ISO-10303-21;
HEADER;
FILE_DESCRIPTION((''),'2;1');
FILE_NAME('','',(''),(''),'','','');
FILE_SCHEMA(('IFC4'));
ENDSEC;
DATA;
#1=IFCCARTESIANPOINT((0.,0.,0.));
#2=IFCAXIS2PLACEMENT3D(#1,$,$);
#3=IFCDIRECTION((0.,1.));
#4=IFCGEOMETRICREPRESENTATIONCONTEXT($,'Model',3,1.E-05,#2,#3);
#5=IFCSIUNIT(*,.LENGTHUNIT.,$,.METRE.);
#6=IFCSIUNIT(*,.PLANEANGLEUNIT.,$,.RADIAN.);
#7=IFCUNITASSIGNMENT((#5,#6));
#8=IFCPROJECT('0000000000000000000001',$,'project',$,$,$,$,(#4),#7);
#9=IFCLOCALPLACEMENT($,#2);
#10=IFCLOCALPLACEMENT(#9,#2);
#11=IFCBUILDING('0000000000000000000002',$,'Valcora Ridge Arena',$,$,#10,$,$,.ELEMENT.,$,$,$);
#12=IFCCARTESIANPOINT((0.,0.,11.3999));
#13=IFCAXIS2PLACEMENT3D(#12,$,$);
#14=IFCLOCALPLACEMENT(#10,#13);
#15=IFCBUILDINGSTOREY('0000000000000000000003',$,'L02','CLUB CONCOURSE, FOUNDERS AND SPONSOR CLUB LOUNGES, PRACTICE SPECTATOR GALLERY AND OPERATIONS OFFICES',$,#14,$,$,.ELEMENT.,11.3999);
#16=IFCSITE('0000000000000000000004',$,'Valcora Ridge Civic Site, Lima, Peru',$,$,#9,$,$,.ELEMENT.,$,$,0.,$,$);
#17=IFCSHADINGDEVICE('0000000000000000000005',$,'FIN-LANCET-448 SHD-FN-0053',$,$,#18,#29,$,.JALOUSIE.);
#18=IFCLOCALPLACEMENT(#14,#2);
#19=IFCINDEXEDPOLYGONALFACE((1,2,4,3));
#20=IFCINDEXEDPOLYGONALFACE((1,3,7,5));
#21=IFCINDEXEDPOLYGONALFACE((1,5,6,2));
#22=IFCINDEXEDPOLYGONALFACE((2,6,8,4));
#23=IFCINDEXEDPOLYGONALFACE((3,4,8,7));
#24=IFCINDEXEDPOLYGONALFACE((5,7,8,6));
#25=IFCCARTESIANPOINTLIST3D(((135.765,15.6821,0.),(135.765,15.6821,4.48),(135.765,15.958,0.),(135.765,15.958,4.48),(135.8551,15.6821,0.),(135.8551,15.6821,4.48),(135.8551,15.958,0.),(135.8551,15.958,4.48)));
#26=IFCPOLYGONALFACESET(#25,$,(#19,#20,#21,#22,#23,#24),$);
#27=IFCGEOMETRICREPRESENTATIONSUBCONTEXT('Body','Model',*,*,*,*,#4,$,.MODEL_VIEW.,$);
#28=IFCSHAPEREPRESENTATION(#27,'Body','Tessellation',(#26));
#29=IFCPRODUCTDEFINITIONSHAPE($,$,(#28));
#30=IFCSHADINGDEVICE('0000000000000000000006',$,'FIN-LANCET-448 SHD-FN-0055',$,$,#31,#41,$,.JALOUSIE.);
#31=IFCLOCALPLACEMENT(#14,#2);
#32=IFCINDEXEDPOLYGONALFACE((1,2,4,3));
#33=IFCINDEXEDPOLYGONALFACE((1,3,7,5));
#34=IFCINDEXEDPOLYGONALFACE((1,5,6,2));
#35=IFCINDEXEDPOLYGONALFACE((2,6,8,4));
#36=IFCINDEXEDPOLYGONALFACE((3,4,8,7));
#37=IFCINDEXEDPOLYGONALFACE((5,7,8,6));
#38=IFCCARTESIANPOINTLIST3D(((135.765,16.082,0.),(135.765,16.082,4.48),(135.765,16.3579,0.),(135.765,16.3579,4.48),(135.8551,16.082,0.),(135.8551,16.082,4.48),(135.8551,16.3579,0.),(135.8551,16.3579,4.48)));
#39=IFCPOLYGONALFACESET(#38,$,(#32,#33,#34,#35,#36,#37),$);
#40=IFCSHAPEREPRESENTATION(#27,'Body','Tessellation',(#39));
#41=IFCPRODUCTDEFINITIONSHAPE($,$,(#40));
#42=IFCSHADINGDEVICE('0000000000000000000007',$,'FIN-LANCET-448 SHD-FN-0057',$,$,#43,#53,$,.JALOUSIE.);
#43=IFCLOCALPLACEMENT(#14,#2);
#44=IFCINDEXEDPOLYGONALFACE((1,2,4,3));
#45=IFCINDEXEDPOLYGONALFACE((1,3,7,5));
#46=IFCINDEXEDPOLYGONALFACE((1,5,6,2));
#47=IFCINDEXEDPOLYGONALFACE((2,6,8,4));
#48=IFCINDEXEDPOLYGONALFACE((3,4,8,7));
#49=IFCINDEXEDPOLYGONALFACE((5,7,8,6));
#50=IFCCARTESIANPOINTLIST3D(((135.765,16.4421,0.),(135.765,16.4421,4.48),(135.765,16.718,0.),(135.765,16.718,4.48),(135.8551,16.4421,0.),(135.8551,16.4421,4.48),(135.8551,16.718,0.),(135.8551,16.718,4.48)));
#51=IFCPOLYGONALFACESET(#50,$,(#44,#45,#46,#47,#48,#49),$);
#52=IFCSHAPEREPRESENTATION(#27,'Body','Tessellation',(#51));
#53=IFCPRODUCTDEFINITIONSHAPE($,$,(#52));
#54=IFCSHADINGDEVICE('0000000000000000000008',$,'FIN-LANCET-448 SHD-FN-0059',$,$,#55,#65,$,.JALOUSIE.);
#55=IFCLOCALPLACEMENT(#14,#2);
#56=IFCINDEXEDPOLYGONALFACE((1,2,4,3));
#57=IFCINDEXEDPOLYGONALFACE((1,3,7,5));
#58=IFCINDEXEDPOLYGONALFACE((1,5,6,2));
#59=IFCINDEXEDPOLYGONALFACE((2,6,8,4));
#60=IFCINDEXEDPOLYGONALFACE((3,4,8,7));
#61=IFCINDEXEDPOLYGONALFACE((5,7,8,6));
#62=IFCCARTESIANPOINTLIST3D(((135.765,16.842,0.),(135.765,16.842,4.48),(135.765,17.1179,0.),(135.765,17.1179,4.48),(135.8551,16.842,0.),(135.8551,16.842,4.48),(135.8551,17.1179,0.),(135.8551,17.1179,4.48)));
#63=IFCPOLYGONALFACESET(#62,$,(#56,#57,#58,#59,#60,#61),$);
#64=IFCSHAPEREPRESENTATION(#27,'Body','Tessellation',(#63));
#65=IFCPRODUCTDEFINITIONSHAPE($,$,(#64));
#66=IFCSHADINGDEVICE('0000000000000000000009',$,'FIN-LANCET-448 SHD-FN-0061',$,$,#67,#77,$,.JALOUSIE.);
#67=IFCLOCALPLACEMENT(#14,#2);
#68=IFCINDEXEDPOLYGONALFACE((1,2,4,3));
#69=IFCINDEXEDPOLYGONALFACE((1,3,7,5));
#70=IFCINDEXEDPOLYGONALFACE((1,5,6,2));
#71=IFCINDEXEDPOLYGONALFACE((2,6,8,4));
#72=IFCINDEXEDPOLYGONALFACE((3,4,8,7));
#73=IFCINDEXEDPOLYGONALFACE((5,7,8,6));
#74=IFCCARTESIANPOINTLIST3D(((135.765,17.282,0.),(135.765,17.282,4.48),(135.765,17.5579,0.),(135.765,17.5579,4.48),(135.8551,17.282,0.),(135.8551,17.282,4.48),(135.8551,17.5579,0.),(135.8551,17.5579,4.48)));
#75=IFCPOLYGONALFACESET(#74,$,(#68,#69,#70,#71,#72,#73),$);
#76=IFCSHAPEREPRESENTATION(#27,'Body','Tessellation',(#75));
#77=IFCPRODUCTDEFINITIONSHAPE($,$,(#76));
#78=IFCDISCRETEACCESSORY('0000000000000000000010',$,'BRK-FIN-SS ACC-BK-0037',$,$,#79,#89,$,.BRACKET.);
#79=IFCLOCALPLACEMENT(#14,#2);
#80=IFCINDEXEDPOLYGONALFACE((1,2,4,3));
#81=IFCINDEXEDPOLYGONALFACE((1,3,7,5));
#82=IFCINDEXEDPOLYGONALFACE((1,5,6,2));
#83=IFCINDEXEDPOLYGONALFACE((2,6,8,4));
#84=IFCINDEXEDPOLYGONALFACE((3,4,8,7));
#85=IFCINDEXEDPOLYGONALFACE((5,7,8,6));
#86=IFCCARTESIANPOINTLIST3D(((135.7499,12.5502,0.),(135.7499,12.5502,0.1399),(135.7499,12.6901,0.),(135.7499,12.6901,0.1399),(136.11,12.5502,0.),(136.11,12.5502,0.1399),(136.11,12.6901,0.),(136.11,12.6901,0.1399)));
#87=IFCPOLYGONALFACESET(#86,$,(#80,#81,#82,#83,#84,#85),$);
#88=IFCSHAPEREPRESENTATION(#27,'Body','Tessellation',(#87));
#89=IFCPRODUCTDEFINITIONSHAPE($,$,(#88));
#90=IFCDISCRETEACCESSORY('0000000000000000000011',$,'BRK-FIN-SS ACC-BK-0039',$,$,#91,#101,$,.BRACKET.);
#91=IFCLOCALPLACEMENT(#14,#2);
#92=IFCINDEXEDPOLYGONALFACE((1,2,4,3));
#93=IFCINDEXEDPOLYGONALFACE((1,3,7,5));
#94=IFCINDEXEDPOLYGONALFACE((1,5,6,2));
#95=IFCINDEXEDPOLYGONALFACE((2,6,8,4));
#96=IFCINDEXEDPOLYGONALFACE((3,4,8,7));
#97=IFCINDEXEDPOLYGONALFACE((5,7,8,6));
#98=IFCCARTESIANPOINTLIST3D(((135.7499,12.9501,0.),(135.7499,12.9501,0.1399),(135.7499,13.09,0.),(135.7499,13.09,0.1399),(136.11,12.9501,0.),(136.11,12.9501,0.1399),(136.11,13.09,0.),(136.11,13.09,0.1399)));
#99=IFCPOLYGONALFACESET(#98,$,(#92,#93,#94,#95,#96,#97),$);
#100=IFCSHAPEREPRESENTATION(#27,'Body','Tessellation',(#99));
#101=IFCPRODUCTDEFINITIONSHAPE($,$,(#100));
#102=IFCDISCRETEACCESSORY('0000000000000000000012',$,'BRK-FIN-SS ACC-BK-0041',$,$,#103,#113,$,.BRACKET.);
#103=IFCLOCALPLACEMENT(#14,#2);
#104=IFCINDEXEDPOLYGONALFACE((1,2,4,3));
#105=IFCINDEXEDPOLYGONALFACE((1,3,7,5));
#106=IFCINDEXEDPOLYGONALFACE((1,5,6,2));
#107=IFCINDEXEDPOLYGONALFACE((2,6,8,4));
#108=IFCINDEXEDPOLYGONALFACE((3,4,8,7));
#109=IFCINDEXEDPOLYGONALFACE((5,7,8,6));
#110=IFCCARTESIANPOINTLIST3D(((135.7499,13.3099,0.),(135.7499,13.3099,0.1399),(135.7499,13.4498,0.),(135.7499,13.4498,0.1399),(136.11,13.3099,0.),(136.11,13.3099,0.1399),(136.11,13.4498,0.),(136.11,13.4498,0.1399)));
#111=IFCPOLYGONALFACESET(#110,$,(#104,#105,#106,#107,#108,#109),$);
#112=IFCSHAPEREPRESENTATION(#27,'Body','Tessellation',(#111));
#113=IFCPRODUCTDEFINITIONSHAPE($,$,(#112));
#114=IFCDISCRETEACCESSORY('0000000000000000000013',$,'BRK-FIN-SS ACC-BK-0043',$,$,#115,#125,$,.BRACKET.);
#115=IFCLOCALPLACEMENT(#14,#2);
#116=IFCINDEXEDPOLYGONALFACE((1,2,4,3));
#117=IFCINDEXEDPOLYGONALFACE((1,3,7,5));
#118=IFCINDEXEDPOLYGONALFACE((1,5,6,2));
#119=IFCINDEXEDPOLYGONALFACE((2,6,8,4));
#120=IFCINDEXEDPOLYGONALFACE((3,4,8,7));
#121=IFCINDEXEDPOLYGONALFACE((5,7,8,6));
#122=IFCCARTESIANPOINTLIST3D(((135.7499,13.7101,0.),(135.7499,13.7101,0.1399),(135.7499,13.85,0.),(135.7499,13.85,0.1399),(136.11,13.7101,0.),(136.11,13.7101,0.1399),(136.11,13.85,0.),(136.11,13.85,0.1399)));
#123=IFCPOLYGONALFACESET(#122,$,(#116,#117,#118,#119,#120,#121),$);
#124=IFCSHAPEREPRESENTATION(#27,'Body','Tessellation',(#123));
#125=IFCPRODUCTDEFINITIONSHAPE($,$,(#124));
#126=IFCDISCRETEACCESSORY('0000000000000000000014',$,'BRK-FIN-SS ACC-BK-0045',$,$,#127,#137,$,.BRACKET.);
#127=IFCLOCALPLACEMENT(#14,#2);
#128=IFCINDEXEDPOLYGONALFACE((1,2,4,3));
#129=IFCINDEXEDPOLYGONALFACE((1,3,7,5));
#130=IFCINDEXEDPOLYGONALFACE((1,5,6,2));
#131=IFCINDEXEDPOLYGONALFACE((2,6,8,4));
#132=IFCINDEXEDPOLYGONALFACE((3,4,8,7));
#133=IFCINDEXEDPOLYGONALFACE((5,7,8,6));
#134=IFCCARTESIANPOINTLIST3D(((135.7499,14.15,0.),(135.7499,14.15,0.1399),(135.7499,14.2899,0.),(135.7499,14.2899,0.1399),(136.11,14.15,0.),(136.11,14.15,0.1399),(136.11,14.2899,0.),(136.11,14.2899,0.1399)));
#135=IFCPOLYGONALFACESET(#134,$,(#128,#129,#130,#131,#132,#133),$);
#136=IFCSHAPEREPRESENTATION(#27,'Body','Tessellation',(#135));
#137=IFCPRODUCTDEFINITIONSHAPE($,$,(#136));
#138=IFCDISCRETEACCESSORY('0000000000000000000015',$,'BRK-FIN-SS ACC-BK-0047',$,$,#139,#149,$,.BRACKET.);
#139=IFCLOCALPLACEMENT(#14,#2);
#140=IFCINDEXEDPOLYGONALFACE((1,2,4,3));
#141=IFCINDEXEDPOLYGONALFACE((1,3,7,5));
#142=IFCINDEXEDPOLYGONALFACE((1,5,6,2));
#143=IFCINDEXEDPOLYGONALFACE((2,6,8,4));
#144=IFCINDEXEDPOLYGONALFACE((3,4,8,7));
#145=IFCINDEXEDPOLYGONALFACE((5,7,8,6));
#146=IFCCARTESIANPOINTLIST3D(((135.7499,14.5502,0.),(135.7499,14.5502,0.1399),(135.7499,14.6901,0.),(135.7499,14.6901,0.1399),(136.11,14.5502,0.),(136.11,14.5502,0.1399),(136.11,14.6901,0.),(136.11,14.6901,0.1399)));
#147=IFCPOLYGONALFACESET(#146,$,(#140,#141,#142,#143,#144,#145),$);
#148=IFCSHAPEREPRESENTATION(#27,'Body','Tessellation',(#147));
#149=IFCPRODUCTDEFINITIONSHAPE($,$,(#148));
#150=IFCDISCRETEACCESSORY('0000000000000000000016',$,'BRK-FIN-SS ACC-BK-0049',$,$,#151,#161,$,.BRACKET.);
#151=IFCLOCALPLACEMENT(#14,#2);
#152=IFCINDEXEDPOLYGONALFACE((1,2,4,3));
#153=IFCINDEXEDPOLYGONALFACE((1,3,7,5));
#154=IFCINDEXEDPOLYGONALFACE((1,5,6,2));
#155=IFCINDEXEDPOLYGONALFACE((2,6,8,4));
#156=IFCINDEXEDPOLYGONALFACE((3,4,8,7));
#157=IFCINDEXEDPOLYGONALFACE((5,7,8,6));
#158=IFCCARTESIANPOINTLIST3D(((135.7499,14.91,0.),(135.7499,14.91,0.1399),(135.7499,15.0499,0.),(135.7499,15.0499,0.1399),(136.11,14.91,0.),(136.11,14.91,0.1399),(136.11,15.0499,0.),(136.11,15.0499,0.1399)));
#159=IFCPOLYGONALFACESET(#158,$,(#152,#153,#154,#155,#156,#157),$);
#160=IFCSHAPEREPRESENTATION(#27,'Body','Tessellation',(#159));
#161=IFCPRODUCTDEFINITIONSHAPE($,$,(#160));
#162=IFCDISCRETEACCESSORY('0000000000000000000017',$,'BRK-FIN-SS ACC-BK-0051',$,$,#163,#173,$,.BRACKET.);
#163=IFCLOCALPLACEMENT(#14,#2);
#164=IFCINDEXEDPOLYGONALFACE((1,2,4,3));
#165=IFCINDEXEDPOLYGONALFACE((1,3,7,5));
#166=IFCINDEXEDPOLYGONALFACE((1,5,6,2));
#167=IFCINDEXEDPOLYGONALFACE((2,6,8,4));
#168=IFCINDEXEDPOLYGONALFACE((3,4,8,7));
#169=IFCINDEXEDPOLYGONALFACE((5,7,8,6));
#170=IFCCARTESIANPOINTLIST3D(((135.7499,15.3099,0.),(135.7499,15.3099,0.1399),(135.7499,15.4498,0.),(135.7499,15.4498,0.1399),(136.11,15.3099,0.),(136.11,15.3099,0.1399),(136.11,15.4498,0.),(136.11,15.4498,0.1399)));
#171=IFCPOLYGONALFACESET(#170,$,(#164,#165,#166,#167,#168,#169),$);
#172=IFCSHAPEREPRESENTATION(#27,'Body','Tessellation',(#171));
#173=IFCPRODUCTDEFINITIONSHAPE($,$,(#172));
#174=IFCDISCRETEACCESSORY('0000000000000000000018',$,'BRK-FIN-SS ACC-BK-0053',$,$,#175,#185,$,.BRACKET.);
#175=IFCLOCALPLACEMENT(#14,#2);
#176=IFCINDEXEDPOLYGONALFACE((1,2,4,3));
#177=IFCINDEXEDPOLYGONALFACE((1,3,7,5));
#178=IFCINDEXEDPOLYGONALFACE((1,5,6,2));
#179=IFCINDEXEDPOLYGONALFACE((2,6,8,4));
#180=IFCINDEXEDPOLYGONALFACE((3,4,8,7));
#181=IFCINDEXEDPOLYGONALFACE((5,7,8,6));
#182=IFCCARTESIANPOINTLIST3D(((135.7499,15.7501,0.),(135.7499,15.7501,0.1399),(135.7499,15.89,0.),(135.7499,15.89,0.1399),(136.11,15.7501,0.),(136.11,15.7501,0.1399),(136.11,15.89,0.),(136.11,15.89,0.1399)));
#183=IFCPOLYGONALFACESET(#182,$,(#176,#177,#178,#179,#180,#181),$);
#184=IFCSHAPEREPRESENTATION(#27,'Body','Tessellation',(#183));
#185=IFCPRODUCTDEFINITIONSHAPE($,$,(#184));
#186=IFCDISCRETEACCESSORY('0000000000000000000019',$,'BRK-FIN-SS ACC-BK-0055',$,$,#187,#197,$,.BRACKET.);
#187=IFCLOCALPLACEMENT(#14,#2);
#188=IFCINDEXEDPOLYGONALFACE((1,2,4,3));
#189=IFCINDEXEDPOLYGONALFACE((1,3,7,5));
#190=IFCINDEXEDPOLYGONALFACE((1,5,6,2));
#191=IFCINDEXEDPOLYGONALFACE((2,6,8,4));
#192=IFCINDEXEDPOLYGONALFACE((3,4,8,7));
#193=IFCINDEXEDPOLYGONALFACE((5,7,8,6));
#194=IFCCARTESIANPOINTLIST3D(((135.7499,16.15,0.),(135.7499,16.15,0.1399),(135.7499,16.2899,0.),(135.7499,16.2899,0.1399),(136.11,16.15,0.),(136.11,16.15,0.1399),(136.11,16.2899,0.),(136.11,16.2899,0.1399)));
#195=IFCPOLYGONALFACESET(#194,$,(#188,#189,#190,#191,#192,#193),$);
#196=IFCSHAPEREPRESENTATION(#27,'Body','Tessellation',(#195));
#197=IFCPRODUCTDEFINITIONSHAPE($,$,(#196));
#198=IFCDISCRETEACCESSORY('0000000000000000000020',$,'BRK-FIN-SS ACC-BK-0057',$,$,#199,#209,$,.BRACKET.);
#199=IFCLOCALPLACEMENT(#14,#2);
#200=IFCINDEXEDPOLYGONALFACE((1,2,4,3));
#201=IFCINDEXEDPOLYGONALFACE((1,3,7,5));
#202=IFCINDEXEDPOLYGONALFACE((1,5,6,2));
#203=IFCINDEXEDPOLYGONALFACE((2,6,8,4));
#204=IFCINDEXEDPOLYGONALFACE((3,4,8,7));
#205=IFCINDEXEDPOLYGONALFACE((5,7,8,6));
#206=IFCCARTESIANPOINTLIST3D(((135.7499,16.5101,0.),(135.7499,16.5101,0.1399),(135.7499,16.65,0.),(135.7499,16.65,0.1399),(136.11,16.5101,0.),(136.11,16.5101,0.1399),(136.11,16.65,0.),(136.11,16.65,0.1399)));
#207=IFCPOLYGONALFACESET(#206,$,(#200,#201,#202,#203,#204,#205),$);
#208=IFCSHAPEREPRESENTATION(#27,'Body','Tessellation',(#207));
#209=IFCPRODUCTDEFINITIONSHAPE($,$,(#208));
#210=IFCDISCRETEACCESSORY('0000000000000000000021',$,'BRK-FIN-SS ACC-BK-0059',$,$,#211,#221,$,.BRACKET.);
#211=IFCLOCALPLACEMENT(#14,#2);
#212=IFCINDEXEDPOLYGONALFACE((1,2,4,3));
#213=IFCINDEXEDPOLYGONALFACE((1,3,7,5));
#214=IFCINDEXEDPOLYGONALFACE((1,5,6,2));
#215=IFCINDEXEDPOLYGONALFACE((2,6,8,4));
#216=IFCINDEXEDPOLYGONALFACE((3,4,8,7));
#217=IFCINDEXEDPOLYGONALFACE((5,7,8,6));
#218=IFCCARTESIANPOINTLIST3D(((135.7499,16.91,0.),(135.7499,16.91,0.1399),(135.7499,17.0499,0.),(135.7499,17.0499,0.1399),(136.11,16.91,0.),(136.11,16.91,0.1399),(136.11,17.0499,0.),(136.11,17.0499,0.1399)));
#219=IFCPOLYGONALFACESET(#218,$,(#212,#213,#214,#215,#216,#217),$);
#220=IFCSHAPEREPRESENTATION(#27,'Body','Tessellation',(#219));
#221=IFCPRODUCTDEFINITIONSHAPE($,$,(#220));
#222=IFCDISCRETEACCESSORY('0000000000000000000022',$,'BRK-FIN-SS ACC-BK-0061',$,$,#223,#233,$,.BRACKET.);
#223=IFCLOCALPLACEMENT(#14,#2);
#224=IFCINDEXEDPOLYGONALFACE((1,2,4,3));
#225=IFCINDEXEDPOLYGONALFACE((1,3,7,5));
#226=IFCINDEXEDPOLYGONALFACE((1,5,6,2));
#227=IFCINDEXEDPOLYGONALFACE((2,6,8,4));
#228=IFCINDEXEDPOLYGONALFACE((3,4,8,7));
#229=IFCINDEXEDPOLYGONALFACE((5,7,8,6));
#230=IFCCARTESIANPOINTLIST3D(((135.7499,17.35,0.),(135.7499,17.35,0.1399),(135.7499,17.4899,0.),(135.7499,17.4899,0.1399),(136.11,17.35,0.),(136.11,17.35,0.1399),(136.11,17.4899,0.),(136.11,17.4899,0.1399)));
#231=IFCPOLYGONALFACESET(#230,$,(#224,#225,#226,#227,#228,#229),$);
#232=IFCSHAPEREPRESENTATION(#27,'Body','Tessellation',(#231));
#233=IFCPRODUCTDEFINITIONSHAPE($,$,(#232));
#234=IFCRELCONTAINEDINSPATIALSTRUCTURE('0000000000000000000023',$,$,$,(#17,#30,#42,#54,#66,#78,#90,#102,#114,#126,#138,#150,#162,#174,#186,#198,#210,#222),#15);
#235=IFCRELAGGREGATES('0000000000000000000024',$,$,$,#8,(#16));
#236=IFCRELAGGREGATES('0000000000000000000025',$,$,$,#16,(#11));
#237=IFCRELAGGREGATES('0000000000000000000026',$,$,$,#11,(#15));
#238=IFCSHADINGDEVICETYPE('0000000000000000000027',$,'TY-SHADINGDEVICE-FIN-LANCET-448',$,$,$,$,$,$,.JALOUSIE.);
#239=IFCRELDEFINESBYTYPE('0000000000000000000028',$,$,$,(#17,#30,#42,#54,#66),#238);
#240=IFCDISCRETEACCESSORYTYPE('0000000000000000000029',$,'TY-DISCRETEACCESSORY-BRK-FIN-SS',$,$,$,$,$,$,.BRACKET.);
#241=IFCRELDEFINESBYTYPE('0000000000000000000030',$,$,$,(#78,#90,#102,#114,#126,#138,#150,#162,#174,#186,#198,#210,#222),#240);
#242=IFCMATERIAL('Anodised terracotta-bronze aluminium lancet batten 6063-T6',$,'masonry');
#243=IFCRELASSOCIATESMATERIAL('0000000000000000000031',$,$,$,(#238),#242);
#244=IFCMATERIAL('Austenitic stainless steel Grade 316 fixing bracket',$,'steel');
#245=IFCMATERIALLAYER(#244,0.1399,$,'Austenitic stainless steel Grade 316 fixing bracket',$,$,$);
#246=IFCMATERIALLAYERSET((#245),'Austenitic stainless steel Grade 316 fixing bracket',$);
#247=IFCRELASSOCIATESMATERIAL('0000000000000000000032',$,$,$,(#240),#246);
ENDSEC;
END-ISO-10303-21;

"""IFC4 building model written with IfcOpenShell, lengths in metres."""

from ifc_helpers import new_model, si_unit, direction, frame, origin, origin_2d, place, context, subcontext, project, spatial, rectangle, extrude, material, layer, layer_set, material_profile, profile_set, type_object, element, save


model = new_model("IFC4")

# Units and contexts
model_context = context("Model", 3, precision=1e-05, world=origin(), true_north=direction((0.0, 1.0)))
body_context = subcontext(model_context, "Body", "Model", "MODEL_VIEW")
ifc_project = project(units=[si_unit("LENGTHUNIT", "METRE"), si_unit("PLANEANGLEUNIT", "RADIAN")], contexts=[model_context])

# Site, building, storey
site_placement = place(None, origin())
site = spatial("IfcSite", under=ifc_project, at=site_placement, Name="Valcora Ridge Civic Site, Lima, Peru", CompositionType="ELEMENT", RefElevation=0.0)
building_placement = place(site_placement, origin())
building = spatial("IfcBuilding", under=site, at=building_placement, Name="Valcora Ridge Arena", CompositionType="ELEMENT")
storey_placement = place(building_placement, frame((0.0, 0.0, 11.3999)))
storey = spatial("IfcBuildingStorey", under=building, at=storey_placement, Name="L02", Description="CLUB CONCOURSE, FOUNDERS AND SPONSOR CLUB LOUNGES, PRACTICE SPECTATOR GALLERY AND OPERATIONS OFFICES", CompositionType="ELEMENT", Elevation=11.3999)

# Shared definitions
ifc_material_1 = material(Name="Anodised terracotta-bronze aluminium lancet batten 6063-T6", Category="masonry")

# Shading devices
ifc_material_profile = material_profile(ifc_material_1, rectangle(XDim=0.0901, YDim=0.2759, at=origin_2d()), Name="ALU LANCET BATTEN 90x276")
ifc_profile_set = profile_set([ifc_material_profile], Name="Anodised terracotta-bronze aluminium lancet batten 6063-T6")
shading_device_type = type_object("IfcShadingDeviceType", Name="TY-SHADINGDEVICE-FIN-LANCET-448", PredefinedType="JALOUSIE", material=ifc_profile_set)
for number, where, z_axis, x_axis, name in (
    (1, (135.8101, 15.8201, 0.0), (0.0, 0.0, 1.0), (1.0, 0.0, 0.0), "FIN-LANCET-448 SHD-FN-0053"),
    (2, (135.8101, 16.22, 0.0), (0.0, 0.0, 1.0), (1.0, 0.0, 0.0), "FIN-LANCET-448 SHD-FN-0055"),
    (3, (135.8101, 16.5801, 0.0), (0.0, 0.0, 1.0), (1.0, 0.0, 0.0), "FIN-LANCET-448 SHD-FN-0057"),
    (4, (135.8101, 16.98, 0.0), (0.0, 0.0, 1.0), (1.0, 0.0, 0.0), "FIN-LANCET-448 SHD-FN-0059"),
    (5, (135.8101, 17.4199, 0.0), (0.0, 0.0, 1.0), (1.0, 0.0, 0.0), "FIN-LANCET-448 SHD-FN-0061"),
):
    element("IfcShadingDevice", number, at=place(storey_placement, frame(where, z_axis=z_axis, x_axis=x_axis)), inside=storey, type_object=shading_device_type, Name=name, PredefinedType="JALOUSIE", context=body_context, shape_type="SweptSolid", body=[
        extrude(rectangle(XDim=0.0901, YDim=0.2759, at=origin_2d()), origin(), (0.0, 0.0, 1.0), 4.48),
    ])

# Discrete accessories
ifc_material_2 = material(Name="Austenitic stainless steel Grade 316 fixing bracket", Category="steel")
ifc_layer_1 = layer(ifc_material_2, 0.1399, Name="Austenitic stainless steel Grade 316 fixing bracket")
ifc_layer_set_1 = layer_set([ifc_layer_1], Name="Austenitic stainless steel Grade 316 fixing bracket")
discrete_accessory_type = type_object("IfcDiscreteAccessoryType", Name="TY-DISCRETEACCESSORY-BRK-FIN-SS", PredefinedType="BRACKET", material=ifc_layer_set_1)
for number, where, z_axis, x_axis, name in (
    (6, (135.9299, 12.6201, 0.0), (0.0, 0.0, 1.0), (1.0, 0.0, 0.0), "BRK-FIN-SS ACC-BK-0037"),
    (7, (135.9299, 13.02, 0.0), (0.0, 0.0, 1.0), (1.0, 0.0, 0.0), "BRK-FIN-SS ACC-BK-0039"),
    (8, (135.9299, 13.3799, 0.0), (0.0, 0.0, 1.0), (1.0, 0.0, 0.0), "BRK-FIN-SS ACC-BK-0041"),
    (9, (135.9299, 13.78, 0.0), (0.0, 0.0, 1.0), (1.0, 0.0, 0.0), "BRK-FIN-SS ACC-BK-0043"),
    (10, (135.9299, 14.22, 0.0), (0.0, 0.0, 1.0), (1.0, 0.0, 0.0), "BRK-FIN-SS ACC-BK-0045"),
    (11, (135.9299, 14.6201, 0.0), (0.0, 0.0, 1.0), (1.0, 0.0, 0.0), "BRK-FIN-SS ACC-BK-0047"),
    (12, (135.9299, 14.98, 0.0), (0.0, 0.0, 1.0), (1.0, 0.0, 0.0), "BRK-FIN-SS ACC-BK-0049"),
    (13, (135.9299, 15.3799, 0.0), (0.0, 0.0, 1.0), (1.0, 0.0, 0.0), "BRK-FIN-SS ACC-BK-0051"),
    (14, (135.9299, 15.8201, 0.0), (0.0, 0.0, 1.0), (1.0, 0.0, 0.0), "BRK-FIN-SS ACC-BK-0053"),
    (15, (135.9299, 16.22, 0.0), (0.0, 0.0, 1.0), (1.0, 0.0, 0.0), "BRK-FIN-SS ACC-BK-0055"),
    (16, (135.9299, 16.5801, 0.0), (0.0, 0.0, 1.0), (1.0, 0.0, 0.0), "BRK-FIN-SS ACC-BK-0057"),
    (17, (135.9299, 16.98, 0.0), (0.0, 0.0, 1.0), (1.0, 0.0, 0.0), "BRK-FIN-SS ACC-BK-0059"),
    (18, (135.9299, 17.4199, 0.0), (0.0, 0.0, 1.0), (1.0, 0.0, 0.0), "BRK-FIN-SS ACC-BK-0061"),
):
    element("IfcDiscreteAccessory", number, at=place(storey_placement, frame(where, z_axis=z_axis, x_axis=x_axis)), inside=storey, type_object=discrete_accessory_type, Name=name, PredefinedType="BRACKET", context=body_context, shape_type="SweptSolid", body=[
        extrude(rectangle(XDim=0.3601, YDim=0.1399, at=origin_2d()), origin(), (0.0, 0.0, 1.0), 0.1399),
    ])

save(model, "model.ifc")
